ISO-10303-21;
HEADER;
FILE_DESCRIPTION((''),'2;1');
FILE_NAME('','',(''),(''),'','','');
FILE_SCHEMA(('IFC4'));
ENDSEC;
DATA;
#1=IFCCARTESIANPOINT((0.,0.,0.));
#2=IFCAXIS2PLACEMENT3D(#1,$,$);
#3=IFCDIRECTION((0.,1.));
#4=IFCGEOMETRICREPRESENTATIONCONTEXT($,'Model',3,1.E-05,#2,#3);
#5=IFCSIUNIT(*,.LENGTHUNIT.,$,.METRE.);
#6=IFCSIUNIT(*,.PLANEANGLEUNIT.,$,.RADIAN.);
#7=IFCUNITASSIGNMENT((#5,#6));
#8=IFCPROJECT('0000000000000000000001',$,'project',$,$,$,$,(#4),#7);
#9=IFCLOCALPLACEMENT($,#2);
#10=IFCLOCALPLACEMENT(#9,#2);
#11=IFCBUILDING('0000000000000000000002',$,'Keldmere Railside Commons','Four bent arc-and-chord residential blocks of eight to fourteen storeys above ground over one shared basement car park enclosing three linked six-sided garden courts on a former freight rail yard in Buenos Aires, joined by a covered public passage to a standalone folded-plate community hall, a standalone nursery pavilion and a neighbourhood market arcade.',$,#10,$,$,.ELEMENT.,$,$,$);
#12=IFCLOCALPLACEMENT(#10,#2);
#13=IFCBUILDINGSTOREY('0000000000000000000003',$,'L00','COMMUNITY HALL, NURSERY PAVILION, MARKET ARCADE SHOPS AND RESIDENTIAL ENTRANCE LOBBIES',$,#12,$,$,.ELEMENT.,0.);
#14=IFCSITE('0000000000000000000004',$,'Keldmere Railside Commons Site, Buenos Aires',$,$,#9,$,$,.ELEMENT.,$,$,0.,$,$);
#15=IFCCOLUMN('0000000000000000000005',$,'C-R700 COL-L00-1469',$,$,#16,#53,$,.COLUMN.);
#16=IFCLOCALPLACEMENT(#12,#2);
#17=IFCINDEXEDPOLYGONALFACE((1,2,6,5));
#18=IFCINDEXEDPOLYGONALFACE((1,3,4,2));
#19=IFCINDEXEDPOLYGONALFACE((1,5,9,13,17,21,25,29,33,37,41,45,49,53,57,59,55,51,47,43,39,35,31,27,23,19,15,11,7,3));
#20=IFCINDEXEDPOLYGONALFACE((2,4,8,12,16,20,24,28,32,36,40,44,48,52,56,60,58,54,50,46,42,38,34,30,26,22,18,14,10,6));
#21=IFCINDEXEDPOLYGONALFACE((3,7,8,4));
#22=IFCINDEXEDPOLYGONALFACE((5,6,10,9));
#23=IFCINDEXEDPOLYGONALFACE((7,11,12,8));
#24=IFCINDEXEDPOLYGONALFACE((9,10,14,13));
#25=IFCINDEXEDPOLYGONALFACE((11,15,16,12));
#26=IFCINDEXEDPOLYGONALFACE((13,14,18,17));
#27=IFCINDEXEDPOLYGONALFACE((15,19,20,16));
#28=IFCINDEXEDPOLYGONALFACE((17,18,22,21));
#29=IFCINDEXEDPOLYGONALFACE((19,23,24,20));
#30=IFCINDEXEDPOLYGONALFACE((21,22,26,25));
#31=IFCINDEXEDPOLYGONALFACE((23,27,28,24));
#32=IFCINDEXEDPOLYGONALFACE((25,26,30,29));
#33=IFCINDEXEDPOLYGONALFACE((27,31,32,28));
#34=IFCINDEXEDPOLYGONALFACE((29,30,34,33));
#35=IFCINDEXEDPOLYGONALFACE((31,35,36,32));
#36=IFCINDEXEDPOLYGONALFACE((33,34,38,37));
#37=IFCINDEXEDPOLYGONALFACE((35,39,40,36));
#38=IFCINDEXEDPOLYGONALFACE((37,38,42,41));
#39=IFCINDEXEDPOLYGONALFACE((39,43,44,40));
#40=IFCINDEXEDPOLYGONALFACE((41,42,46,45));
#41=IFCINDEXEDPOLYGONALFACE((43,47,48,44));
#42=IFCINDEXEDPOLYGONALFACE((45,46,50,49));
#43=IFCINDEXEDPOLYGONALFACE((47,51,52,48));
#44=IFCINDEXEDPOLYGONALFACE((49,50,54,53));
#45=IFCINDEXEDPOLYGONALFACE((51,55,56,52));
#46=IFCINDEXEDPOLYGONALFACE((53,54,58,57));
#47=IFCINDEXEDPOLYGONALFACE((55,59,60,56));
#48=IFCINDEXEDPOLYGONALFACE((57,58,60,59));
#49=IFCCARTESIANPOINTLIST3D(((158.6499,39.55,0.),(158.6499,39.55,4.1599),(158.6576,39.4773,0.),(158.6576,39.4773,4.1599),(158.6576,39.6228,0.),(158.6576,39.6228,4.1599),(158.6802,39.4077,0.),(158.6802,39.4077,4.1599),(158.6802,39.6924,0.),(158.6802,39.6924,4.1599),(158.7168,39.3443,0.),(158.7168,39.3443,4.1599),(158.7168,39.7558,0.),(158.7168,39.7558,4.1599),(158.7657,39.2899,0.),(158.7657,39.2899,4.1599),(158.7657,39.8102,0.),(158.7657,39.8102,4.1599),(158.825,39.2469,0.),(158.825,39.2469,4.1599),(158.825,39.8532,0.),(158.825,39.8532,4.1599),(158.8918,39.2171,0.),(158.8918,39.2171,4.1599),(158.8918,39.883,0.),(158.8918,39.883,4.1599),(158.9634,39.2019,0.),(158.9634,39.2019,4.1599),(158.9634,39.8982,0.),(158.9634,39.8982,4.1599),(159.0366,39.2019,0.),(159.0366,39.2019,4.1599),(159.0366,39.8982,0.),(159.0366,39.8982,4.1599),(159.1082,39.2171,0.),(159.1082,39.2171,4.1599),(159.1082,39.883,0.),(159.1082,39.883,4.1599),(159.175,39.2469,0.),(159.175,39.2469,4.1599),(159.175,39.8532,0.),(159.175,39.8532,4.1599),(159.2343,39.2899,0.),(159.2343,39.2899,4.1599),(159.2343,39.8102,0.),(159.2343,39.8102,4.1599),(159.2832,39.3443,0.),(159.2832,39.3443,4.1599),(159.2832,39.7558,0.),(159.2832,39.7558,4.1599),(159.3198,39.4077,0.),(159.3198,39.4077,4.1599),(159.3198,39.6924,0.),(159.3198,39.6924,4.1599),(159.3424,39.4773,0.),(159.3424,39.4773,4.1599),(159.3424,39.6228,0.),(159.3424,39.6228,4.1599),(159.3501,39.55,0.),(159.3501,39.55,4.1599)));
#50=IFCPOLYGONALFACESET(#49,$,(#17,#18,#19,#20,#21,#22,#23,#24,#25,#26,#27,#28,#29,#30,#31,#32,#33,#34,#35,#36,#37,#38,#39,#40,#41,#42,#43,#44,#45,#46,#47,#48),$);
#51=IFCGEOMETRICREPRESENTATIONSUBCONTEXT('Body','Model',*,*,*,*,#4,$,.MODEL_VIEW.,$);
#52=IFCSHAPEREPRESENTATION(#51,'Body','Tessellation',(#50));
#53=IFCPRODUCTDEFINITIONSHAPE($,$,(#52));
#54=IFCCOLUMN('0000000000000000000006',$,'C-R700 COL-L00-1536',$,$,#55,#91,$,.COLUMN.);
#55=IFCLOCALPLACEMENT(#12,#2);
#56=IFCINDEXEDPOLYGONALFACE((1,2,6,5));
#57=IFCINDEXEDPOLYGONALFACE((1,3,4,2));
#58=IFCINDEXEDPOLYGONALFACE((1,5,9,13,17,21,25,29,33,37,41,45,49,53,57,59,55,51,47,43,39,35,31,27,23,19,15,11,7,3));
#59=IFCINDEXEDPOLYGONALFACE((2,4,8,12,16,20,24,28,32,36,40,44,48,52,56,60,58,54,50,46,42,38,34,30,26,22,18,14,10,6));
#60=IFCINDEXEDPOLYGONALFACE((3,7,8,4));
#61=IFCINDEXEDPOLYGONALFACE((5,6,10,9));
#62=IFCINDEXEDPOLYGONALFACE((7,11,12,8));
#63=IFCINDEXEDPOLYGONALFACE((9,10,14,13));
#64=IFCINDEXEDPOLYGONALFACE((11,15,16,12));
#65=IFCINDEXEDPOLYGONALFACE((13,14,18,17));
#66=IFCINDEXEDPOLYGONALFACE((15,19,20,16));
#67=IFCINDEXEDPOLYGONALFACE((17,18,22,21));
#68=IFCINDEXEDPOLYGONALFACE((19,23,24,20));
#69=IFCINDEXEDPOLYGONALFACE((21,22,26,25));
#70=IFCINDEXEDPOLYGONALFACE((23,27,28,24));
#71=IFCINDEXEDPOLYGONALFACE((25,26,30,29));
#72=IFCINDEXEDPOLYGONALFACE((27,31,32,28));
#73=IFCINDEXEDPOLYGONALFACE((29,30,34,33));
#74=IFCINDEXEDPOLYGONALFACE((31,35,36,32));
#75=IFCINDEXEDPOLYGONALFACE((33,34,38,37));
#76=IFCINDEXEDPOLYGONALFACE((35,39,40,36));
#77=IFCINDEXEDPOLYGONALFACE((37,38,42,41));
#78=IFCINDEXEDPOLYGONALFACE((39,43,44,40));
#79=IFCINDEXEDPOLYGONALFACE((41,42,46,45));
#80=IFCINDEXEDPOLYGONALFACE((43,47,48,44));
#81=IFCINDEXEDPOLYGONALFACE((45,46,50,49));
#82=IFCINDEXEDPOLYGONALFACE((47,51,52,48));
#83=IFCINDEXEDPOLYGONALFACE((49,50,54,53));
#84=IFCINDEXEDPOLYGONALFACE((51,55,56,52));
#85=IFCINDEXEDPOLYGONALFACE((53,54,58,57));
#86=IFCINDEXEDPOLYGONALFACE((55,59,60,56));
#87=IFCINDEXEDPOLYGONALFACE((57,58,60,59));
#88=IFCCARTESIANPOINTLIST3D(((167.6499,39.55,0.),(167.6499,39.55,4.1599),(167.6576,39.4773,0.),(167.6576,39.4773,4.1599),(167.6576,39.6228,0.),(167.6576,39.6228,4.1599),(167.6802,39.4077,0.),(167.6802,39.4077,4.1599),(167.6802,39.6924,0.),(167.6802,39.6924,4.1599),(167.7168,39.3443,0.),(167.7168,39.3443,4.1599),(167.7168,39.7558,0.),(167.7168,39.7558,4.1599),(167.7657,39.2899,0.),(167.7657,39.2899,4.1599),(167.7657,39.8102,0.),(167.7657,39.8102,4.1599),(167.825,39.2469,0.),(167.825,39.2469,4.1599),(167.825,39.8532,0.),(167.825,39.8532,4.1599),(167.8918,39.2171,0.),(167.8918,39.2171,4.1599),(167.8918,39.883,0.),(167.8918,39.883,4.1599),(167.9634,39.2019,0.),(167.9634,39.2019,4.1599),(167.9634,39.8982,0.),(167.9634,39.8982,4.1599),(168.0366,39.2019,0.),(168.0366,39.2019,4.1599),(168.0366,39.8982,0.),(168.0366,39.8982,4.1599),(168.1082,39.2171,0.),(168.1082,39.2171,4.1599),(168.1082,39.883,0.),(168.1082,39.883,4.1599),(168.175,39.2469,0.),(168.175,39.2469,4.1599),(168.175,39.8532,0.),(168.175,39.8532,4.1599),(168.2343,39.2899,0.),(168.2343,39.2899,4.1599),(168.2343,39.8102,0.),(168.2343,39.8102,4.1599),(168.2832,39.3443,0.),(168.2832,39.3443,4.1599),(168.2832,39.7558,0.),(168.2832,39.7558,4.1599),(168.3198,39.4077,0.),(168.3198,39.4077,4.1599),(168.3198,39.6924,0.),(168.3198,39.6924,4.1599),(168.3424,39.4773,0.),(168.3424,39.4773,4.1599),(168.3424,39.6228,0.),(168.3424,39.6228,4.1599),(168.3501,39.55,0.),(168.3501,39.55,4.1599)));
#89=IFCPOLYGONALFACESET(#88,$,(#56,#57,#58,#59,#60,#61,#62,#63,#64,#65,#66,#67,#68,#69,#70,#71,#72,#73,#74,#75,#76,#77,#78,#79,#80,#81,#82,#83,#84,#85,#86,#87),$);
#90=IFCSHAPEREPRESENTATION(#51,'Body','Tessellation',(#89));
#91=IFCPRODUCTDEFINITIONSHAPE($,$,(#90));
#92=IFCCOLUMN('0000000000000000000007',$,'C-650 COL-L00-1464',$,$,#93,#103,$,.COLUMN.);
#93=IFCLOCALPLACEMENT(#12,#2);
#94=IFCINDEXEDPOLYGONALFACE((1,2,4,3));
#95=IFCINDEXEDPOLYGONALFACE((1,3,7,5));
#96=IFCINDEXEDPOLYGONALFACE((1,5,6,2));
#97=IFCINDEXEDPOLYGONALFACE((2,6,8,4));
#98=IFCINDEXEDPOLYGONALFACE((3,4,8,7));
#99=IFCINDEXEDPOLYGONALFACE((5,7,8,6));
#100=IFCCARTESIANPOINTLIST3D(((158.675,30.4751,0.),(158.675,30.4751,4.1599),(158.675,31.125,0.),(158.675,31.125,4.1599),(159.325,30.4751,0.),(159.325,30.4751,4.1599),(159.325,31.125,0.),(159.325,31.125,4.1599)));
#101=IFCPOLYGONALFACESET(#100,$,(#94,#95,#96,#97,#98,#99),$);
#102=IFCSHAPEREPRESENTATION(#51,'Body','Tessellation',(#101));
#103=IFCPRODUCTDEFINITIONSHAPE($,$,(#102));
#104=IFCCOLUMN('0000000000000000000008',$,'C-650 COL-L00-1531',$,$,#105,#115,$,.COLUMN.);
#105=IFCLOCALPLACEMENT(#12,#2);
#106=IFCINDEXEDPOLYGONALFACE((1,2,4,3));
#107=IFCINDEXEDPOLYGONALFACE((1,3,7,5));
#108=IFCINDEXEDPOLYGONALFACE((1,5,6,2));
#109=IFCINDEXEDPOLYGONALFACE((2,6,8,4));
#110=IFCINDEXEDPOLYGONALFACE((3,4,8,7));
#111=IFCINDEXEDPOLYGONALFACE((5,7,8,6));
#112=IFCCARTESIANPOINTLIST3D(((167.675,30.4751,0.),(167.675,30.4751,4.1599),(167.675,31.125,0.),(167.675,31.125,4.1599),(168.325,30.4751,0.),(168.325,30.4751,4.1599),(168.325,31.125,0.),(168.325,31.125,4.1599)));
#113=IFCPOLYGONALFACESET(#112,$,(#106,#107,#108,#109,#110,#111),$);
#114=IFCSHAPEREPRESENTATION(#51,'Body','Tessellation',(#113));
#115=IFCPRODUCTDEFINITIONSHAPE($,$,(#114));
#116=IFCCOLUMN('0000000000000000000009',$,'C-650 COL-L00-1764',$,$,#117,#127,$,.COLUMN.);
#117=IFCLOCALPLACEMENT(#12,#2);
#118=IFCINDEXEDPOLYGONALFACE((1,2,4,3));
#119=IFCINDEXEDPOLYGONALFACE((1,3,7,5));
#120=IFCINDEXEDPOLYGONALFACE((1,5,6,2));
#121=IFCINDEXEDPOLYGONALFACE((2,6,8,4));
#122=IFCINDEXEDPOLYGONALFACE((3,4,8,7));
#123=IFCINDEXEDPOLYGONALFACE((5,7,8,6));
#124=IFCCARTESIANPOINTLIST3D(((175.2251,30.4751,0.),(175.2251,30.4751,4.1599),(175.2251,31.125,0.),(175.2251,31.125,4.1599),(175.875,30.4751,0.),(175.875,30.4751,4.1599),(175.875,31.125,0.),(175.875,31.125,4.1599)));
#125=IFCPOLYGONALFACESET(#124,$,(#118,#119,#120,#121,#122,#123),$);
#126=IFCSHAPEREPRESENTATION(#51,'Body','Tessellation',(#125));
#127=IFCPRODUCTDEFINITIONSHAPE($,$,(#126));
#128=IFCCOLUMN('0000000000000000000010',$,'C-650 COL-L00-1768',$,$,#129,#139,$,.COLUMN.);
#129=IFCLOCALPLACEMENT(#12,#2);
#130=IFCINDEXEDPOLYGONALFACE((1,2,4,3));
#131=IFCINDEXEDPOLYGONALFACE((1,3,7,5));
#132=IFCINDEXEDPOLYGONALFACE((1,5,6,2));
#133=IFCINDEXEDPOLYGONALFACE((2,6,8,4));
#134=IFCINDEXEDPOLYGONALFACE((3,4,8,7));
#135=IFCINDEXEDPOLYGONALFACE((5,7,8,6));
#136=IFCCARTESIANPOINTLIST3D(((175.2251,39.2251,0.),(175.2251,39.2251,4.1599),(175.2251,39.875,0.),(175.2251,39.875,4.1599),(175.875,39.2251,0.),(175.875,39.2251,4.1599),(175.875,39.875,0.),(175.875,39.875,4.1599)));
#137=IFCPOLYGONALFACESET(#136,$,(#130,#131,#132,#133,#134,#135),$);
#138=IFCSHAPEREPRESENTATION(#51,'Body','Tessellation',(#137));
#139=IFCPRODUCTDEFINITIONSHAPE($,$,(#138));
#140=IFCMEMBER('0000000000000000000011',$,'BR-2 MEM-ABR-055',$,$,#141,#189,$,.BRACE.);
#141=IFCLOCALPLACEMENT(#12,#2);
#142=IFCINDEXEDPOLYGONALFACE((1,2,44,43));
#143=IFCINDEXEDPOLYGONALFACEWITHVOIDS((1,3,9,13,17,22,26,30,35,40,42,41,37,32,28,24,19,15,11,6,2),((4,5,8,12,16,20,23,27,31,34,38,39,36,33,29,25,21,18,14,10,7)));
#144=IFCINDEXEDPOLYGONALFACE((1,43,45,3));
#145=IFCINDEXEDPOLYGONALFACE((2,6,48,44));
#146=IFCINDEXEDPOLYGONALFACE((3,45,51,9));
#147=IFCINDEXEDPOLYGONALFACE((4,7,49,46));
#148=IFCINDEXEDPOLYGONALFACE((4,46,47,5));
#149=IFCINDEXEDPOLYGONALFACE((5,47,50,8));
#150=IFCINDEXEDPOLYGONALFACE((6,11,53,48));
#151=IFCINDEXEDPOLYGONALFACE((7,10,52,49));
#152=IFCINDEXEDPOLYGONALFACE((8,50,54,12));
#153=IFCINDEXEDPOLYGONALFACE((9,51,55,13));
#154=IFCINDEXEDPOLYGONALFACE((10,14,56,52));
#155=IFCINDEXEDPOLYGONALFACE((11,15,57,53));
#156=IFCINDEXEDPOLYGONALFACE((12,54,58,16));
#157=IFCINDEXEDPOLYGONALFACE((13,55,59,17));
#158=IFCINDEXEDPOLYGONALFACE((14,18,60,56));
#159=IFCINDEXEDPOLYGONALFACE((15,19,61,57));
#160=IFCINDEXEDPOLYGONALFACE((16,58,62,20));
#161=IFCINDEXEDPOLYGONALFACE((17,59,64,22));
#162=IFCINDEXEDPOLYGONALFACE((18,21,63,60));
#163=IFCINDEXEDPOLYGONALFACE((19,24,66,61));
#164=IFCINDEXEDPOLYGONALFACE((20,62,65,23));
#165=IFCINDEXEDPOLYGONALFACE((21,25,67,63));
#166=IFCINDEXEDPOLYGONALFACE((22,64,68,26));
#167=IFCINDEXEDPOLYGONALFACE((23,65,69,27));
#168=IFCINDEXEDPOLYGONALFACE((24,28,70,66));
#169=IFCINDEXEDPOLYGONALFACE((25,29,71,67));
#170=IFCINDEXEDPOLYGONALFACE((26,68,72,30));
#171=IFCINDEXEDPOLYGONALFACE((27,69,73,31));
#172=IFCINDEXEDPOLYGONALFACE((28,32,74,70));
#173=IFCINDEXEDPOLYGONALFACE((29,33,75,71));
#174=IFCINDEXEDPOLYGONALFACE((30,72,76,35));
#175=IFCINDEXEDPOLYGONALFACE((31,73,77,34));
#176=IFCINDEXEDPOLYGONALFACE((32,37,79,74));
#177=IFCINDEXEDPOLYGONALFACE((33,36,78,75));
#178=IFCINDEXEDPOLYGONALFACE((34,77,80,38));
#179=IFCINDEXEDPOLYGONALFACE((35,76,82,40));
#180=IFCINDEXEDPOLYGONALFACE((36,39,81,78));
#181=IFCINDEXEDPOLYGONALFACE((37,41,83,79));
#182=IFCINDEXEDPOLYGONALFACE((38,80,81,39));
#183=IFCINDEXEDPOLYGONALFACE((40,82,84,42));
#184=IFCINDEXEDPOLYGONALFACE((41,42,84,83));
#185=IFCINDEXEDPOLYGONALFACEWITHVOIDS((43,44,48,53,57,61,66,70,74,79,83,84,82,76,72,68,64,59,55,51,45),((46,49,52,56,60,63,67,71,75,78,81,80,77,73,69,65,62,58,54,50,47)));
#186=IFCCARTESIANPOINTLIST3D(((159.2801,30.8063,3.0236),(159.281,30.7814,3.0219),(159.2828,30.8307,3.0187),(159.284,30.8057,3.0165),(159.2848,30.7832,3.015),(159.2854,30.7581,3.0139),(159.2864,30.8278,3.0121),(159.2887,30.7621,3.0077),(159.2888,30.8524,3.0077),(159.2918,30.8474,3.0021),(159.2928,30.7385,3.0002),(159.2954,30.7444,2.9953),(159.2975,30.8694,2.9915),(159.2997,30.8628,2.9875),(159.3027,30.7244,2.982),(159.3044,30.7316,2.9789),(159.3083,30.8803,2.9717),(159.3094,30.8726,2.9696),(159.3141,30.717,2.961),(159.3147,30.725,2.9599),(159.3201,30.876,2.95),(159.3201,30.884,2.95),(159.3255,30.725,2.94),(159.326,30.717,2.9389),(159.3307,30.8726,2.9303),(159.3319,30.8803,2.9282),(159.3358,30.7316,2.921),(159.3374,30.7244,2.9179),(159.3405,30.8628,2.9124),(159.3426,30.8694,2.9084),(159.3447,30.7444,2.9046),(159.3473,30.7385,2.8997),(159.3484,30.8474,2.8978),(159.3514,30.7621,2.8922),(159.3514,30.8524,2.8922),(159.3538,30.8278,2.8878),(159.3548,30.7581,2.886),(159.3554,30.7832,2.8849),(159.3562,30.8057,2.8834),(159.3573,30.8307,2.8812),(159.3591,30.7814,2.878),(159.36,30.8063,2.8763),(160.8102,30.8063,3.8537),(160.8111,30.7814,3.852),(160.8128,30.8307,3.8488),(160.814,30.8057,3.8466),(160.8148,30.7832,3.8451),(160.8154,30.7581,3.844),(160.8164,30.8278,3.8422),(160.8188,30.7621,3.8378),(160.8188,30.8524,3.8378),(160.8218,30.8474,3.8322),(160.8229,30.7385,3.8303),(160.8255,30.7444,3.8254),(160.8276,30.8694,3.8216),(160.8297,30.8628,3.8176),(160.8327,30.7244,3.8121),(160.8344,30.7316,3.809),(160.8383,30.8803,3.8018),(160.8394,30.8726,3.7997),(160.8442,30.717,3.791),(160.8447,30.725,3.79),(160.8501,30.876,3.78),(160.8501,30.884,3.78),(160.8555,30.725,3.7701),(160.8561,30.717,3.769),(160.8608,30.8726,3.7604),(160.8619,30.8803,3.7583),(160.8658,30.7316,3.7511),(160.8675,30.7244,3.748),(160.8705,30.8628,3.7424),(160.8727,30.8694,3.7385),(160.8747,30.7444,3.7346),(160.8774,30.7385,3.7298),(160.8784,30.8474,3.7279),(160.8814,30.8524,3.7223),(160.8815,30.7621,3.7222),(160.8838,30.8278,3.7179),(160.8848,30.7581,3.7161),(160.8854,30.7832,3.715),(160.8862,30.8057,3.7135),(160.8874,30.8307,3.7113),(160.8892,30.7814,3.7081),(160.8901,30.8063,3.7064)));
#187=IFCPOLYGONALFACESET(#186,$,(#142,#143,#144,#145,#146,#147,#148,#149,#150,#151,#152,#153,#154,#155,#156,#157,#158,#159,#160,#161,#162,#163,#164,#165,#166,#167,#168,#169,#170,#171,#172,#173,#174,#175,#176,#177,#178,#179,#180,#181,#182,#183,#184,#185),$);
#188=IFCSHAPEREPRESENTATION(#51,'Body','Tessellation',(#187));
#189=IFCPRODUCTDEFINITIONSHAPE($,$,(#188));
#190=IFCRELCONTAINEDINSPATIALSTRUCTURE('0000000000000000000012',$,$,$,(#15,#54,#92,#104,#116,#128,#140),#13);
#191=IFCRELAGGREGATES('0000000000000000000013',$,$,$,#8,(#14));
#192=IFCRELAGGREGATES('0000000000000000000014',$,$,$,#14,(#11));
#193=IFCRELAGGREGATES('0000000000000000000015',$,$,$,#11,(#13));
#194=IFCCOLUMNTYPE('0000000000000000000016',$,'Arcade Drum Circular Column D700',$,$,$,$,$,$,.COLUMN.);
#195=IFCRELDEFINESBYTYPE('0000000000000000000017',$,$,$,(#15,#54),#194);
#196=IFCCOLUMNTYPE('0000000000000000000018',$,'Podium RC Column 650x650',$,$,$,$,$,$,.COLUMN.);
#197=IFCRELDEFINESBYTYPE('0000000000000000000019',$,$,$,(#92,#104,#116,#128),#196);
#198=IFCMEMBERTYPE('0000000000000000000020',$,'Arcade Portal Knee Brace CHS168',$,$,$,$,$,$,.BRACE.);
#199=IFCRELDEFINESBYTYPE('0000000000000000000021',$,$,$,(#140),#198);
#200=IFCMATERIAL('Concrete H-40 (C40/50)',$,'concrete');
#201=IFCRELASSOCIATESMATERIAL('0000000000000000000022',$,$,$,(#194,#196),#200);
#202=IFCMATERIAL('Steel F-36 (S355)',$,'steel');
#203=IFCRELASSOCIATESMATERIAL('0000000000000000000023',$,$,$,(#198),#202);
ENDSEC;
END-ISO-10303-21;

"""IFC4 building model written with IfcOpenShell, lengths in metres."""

from ifc_helpers import new_model, si_unit, direction, frame, origin, origin_2d, place, context, subcontext, project, spatial, rectangle, circle, hollow_circle, extrude, material, material_profile, profile_set, type_object, element, save


model = new_model("IFC4")

# Units and contexts
model_context = context("Model", 3, precision=1e-05, world=origin(), true_north=direction((0.0, 1.0)))
body_context = subcontext(model_context, "Body", "Model", "MODEL_VIEW")
ifc_project = project(units=[si_unit("LENGTHUNIT", "METRE"), si_unit("PLANEANGLEUNIT", "RADIAN")], contexts=[model_context])

# Site, building, storey
site_placement = place(None, origin())
site = spatial("IfcSite", under=ifc_project, at=site_placement, Name="Keldmere Railside Commons Site, Buenos Aires", CompositionType="ELEMENT", RefElevation=0.0)
building_placement = place(site_placement, origin())
building = spatial("IfcBuilding", under=site, at=building_placement, Name="Keldmere Railside Commons", Description="Four bent arc-and-chord residential blocks of eight to fourteen storeys above ground over one shared basement car park enclosing three linked six-sided garden courts on a former freight rail yard in Buenos Aires, joined by a covered public passage to a standalone folded-plate community hall, a standalone nursery pavilion and a neighbourhood market arcade.", CompositionType="ELEMENT")
storey_placement = place(building_placement, origin())
storey = spatial("IfcBuildingStorey", under=building, at=storey_placement, Name="L00", Description="COMMUNITY HALL, NURSERY PAVILION, MARKET ARCADE SHOPS AND RESIDENTIAL ENTRANCE LOBBIES", CompositionType="ELEMENT", Elevation=0.0)

# Columns
ifc_material_1 = material(Name="Concrete H-40 (C40/50)", Category="concrete")
ifc_material_profile_1 = material_profile(ifc_material_1, circle(Radius=0.3501, at=origin_2d()), Name="RC-DIA700")
ifc_profile_set_1 = profile_set([ifc_material_profile_1], Name="Concrete H-40 (C40/50)")
column_type_1 = type_object("IfcColumnType", Name="Arcade Drum Circular Column D700", PredefinedType="COLUMN", material=ifc_profile_set_1)
for number, where, z_axis, x_axis, name in (
    (1, (159.0, 39.55, 0.0), (0.0, 0.0, 1.0), (1.0, 0.0, 0.0), "C-R700 COL-L00-1469"),
    (2, (168.0, 39.55, 0.0), (0.0, 0.0, 1.0), (1.0, 0.0, 0.0), "C-R700 COL-L00-1536"),
):
    element("IfcColumn", number, at=place(storey_placement, frame(where, z_axis=z_axis, x_axis=x_axis)), inside=storey, type_object=column_type_1, Name=name, PredefinedType="COLUMN", context=body_context, shape_type="SweptSolid", body=[
        extrude(circle(Radius=0.3501, at=origin_2d()), origin(), (0.0, 0.0, 1.0), 4.1599),
    ])
ifc_material_profile_2 = material_profile(ifc_material_1, rectangle(XDim=0.6499, YDim=0.6499, at=origin_2d()), Name="RC-650x650")
ifc_profile_set_2 = profile_set([ifc_material_profile_2], Name="Concrete H-40 (C40/50)")
column_type_2 = type_object("IfcColumnType", Name="Podium RC Column 650x650", PredefinedType="COLUMN", material=ifc_profile_set_2)
for number, where, z_axis, x_axis, name in (
    (3, (159.0, 30.8, 0.0), (0.0, 0.0, 1.0), (1.0, 0.0, 0.0), "C-650 COL-L00-1464"),
    (4, (168.0, 30.8, 0.0), (0.0, 0.0, 1.0), (1.0, 0.0, 0.0), "C-650 COL-L00-1531"),
    (5, (175.55, 30.8, 0.0), (0.0, 0.0, 1.0), (1.0, 0.0, 0.0), "C-650 COL-L00-1764"),
    (6, (175.55, 39.55, 0.0), (0.0, 0.0, 1.0), (1.0, 0.0, 0.0), "C-650 COL-L00-1768"),
):
    element("IfcColumn", number, at=place(storey_placement, frame(where, z_axis=z_axis, x_axis=x_axis)), inside=storey, type_object=column_type_2, Name=name, PredefinedType="COLUMN", context=body_context, shape_type="SweptSolid", body=[
        extrude(rectangle(XDim=0.6499, YDim=0.6499, at=origin_2d()), origin(), (0.0, 0.0, 1.0), 4.1599),
    ])

# Member
ifc_material_2 = material(Name="Steel F-36 (S355)", Category="steel")
ifc_material_profile_3 = material_profile(ifc_material_2, hollow_circle(Radius=0.084, WallThickness=0.0081, at=origin_2d()), Name="CHS-168x8")
ifc_profile_set_3 = profile_set([ifc_material_profile_3], Name="Steel F-36 (S355)")
member_type = type_object("IfcMemberType", Name="Arcade Portal Knee Brace CHS168", PredefinedType="BRACE", material=ifc_profile_set_3)
for number, where, z_axis, x_axis, name in (
    (7, (159.3201, 30.8, 2.95), (0.878976, 0.0, 0.476866), (0.0, 1.0, 0.0), "BR-2 MEM-ABR-055"),
):
    element("IfcMember", number, at=place(storey_placement, frame(where, z_axis=z_axis, x_axis=x_axis)), inside=storey, type_object=member_type, Name=name, PredefinedType="BRACE", context=body_context, shape_type="SweptSolid", body=[
        extrude(hollow_circle(Radius=0.084, WallThickness=0.0081, at=origin_2d()), origin(), (0.0, 0.0, 1.0), 1.7407),
    ])

save(model, "model.ifc")
